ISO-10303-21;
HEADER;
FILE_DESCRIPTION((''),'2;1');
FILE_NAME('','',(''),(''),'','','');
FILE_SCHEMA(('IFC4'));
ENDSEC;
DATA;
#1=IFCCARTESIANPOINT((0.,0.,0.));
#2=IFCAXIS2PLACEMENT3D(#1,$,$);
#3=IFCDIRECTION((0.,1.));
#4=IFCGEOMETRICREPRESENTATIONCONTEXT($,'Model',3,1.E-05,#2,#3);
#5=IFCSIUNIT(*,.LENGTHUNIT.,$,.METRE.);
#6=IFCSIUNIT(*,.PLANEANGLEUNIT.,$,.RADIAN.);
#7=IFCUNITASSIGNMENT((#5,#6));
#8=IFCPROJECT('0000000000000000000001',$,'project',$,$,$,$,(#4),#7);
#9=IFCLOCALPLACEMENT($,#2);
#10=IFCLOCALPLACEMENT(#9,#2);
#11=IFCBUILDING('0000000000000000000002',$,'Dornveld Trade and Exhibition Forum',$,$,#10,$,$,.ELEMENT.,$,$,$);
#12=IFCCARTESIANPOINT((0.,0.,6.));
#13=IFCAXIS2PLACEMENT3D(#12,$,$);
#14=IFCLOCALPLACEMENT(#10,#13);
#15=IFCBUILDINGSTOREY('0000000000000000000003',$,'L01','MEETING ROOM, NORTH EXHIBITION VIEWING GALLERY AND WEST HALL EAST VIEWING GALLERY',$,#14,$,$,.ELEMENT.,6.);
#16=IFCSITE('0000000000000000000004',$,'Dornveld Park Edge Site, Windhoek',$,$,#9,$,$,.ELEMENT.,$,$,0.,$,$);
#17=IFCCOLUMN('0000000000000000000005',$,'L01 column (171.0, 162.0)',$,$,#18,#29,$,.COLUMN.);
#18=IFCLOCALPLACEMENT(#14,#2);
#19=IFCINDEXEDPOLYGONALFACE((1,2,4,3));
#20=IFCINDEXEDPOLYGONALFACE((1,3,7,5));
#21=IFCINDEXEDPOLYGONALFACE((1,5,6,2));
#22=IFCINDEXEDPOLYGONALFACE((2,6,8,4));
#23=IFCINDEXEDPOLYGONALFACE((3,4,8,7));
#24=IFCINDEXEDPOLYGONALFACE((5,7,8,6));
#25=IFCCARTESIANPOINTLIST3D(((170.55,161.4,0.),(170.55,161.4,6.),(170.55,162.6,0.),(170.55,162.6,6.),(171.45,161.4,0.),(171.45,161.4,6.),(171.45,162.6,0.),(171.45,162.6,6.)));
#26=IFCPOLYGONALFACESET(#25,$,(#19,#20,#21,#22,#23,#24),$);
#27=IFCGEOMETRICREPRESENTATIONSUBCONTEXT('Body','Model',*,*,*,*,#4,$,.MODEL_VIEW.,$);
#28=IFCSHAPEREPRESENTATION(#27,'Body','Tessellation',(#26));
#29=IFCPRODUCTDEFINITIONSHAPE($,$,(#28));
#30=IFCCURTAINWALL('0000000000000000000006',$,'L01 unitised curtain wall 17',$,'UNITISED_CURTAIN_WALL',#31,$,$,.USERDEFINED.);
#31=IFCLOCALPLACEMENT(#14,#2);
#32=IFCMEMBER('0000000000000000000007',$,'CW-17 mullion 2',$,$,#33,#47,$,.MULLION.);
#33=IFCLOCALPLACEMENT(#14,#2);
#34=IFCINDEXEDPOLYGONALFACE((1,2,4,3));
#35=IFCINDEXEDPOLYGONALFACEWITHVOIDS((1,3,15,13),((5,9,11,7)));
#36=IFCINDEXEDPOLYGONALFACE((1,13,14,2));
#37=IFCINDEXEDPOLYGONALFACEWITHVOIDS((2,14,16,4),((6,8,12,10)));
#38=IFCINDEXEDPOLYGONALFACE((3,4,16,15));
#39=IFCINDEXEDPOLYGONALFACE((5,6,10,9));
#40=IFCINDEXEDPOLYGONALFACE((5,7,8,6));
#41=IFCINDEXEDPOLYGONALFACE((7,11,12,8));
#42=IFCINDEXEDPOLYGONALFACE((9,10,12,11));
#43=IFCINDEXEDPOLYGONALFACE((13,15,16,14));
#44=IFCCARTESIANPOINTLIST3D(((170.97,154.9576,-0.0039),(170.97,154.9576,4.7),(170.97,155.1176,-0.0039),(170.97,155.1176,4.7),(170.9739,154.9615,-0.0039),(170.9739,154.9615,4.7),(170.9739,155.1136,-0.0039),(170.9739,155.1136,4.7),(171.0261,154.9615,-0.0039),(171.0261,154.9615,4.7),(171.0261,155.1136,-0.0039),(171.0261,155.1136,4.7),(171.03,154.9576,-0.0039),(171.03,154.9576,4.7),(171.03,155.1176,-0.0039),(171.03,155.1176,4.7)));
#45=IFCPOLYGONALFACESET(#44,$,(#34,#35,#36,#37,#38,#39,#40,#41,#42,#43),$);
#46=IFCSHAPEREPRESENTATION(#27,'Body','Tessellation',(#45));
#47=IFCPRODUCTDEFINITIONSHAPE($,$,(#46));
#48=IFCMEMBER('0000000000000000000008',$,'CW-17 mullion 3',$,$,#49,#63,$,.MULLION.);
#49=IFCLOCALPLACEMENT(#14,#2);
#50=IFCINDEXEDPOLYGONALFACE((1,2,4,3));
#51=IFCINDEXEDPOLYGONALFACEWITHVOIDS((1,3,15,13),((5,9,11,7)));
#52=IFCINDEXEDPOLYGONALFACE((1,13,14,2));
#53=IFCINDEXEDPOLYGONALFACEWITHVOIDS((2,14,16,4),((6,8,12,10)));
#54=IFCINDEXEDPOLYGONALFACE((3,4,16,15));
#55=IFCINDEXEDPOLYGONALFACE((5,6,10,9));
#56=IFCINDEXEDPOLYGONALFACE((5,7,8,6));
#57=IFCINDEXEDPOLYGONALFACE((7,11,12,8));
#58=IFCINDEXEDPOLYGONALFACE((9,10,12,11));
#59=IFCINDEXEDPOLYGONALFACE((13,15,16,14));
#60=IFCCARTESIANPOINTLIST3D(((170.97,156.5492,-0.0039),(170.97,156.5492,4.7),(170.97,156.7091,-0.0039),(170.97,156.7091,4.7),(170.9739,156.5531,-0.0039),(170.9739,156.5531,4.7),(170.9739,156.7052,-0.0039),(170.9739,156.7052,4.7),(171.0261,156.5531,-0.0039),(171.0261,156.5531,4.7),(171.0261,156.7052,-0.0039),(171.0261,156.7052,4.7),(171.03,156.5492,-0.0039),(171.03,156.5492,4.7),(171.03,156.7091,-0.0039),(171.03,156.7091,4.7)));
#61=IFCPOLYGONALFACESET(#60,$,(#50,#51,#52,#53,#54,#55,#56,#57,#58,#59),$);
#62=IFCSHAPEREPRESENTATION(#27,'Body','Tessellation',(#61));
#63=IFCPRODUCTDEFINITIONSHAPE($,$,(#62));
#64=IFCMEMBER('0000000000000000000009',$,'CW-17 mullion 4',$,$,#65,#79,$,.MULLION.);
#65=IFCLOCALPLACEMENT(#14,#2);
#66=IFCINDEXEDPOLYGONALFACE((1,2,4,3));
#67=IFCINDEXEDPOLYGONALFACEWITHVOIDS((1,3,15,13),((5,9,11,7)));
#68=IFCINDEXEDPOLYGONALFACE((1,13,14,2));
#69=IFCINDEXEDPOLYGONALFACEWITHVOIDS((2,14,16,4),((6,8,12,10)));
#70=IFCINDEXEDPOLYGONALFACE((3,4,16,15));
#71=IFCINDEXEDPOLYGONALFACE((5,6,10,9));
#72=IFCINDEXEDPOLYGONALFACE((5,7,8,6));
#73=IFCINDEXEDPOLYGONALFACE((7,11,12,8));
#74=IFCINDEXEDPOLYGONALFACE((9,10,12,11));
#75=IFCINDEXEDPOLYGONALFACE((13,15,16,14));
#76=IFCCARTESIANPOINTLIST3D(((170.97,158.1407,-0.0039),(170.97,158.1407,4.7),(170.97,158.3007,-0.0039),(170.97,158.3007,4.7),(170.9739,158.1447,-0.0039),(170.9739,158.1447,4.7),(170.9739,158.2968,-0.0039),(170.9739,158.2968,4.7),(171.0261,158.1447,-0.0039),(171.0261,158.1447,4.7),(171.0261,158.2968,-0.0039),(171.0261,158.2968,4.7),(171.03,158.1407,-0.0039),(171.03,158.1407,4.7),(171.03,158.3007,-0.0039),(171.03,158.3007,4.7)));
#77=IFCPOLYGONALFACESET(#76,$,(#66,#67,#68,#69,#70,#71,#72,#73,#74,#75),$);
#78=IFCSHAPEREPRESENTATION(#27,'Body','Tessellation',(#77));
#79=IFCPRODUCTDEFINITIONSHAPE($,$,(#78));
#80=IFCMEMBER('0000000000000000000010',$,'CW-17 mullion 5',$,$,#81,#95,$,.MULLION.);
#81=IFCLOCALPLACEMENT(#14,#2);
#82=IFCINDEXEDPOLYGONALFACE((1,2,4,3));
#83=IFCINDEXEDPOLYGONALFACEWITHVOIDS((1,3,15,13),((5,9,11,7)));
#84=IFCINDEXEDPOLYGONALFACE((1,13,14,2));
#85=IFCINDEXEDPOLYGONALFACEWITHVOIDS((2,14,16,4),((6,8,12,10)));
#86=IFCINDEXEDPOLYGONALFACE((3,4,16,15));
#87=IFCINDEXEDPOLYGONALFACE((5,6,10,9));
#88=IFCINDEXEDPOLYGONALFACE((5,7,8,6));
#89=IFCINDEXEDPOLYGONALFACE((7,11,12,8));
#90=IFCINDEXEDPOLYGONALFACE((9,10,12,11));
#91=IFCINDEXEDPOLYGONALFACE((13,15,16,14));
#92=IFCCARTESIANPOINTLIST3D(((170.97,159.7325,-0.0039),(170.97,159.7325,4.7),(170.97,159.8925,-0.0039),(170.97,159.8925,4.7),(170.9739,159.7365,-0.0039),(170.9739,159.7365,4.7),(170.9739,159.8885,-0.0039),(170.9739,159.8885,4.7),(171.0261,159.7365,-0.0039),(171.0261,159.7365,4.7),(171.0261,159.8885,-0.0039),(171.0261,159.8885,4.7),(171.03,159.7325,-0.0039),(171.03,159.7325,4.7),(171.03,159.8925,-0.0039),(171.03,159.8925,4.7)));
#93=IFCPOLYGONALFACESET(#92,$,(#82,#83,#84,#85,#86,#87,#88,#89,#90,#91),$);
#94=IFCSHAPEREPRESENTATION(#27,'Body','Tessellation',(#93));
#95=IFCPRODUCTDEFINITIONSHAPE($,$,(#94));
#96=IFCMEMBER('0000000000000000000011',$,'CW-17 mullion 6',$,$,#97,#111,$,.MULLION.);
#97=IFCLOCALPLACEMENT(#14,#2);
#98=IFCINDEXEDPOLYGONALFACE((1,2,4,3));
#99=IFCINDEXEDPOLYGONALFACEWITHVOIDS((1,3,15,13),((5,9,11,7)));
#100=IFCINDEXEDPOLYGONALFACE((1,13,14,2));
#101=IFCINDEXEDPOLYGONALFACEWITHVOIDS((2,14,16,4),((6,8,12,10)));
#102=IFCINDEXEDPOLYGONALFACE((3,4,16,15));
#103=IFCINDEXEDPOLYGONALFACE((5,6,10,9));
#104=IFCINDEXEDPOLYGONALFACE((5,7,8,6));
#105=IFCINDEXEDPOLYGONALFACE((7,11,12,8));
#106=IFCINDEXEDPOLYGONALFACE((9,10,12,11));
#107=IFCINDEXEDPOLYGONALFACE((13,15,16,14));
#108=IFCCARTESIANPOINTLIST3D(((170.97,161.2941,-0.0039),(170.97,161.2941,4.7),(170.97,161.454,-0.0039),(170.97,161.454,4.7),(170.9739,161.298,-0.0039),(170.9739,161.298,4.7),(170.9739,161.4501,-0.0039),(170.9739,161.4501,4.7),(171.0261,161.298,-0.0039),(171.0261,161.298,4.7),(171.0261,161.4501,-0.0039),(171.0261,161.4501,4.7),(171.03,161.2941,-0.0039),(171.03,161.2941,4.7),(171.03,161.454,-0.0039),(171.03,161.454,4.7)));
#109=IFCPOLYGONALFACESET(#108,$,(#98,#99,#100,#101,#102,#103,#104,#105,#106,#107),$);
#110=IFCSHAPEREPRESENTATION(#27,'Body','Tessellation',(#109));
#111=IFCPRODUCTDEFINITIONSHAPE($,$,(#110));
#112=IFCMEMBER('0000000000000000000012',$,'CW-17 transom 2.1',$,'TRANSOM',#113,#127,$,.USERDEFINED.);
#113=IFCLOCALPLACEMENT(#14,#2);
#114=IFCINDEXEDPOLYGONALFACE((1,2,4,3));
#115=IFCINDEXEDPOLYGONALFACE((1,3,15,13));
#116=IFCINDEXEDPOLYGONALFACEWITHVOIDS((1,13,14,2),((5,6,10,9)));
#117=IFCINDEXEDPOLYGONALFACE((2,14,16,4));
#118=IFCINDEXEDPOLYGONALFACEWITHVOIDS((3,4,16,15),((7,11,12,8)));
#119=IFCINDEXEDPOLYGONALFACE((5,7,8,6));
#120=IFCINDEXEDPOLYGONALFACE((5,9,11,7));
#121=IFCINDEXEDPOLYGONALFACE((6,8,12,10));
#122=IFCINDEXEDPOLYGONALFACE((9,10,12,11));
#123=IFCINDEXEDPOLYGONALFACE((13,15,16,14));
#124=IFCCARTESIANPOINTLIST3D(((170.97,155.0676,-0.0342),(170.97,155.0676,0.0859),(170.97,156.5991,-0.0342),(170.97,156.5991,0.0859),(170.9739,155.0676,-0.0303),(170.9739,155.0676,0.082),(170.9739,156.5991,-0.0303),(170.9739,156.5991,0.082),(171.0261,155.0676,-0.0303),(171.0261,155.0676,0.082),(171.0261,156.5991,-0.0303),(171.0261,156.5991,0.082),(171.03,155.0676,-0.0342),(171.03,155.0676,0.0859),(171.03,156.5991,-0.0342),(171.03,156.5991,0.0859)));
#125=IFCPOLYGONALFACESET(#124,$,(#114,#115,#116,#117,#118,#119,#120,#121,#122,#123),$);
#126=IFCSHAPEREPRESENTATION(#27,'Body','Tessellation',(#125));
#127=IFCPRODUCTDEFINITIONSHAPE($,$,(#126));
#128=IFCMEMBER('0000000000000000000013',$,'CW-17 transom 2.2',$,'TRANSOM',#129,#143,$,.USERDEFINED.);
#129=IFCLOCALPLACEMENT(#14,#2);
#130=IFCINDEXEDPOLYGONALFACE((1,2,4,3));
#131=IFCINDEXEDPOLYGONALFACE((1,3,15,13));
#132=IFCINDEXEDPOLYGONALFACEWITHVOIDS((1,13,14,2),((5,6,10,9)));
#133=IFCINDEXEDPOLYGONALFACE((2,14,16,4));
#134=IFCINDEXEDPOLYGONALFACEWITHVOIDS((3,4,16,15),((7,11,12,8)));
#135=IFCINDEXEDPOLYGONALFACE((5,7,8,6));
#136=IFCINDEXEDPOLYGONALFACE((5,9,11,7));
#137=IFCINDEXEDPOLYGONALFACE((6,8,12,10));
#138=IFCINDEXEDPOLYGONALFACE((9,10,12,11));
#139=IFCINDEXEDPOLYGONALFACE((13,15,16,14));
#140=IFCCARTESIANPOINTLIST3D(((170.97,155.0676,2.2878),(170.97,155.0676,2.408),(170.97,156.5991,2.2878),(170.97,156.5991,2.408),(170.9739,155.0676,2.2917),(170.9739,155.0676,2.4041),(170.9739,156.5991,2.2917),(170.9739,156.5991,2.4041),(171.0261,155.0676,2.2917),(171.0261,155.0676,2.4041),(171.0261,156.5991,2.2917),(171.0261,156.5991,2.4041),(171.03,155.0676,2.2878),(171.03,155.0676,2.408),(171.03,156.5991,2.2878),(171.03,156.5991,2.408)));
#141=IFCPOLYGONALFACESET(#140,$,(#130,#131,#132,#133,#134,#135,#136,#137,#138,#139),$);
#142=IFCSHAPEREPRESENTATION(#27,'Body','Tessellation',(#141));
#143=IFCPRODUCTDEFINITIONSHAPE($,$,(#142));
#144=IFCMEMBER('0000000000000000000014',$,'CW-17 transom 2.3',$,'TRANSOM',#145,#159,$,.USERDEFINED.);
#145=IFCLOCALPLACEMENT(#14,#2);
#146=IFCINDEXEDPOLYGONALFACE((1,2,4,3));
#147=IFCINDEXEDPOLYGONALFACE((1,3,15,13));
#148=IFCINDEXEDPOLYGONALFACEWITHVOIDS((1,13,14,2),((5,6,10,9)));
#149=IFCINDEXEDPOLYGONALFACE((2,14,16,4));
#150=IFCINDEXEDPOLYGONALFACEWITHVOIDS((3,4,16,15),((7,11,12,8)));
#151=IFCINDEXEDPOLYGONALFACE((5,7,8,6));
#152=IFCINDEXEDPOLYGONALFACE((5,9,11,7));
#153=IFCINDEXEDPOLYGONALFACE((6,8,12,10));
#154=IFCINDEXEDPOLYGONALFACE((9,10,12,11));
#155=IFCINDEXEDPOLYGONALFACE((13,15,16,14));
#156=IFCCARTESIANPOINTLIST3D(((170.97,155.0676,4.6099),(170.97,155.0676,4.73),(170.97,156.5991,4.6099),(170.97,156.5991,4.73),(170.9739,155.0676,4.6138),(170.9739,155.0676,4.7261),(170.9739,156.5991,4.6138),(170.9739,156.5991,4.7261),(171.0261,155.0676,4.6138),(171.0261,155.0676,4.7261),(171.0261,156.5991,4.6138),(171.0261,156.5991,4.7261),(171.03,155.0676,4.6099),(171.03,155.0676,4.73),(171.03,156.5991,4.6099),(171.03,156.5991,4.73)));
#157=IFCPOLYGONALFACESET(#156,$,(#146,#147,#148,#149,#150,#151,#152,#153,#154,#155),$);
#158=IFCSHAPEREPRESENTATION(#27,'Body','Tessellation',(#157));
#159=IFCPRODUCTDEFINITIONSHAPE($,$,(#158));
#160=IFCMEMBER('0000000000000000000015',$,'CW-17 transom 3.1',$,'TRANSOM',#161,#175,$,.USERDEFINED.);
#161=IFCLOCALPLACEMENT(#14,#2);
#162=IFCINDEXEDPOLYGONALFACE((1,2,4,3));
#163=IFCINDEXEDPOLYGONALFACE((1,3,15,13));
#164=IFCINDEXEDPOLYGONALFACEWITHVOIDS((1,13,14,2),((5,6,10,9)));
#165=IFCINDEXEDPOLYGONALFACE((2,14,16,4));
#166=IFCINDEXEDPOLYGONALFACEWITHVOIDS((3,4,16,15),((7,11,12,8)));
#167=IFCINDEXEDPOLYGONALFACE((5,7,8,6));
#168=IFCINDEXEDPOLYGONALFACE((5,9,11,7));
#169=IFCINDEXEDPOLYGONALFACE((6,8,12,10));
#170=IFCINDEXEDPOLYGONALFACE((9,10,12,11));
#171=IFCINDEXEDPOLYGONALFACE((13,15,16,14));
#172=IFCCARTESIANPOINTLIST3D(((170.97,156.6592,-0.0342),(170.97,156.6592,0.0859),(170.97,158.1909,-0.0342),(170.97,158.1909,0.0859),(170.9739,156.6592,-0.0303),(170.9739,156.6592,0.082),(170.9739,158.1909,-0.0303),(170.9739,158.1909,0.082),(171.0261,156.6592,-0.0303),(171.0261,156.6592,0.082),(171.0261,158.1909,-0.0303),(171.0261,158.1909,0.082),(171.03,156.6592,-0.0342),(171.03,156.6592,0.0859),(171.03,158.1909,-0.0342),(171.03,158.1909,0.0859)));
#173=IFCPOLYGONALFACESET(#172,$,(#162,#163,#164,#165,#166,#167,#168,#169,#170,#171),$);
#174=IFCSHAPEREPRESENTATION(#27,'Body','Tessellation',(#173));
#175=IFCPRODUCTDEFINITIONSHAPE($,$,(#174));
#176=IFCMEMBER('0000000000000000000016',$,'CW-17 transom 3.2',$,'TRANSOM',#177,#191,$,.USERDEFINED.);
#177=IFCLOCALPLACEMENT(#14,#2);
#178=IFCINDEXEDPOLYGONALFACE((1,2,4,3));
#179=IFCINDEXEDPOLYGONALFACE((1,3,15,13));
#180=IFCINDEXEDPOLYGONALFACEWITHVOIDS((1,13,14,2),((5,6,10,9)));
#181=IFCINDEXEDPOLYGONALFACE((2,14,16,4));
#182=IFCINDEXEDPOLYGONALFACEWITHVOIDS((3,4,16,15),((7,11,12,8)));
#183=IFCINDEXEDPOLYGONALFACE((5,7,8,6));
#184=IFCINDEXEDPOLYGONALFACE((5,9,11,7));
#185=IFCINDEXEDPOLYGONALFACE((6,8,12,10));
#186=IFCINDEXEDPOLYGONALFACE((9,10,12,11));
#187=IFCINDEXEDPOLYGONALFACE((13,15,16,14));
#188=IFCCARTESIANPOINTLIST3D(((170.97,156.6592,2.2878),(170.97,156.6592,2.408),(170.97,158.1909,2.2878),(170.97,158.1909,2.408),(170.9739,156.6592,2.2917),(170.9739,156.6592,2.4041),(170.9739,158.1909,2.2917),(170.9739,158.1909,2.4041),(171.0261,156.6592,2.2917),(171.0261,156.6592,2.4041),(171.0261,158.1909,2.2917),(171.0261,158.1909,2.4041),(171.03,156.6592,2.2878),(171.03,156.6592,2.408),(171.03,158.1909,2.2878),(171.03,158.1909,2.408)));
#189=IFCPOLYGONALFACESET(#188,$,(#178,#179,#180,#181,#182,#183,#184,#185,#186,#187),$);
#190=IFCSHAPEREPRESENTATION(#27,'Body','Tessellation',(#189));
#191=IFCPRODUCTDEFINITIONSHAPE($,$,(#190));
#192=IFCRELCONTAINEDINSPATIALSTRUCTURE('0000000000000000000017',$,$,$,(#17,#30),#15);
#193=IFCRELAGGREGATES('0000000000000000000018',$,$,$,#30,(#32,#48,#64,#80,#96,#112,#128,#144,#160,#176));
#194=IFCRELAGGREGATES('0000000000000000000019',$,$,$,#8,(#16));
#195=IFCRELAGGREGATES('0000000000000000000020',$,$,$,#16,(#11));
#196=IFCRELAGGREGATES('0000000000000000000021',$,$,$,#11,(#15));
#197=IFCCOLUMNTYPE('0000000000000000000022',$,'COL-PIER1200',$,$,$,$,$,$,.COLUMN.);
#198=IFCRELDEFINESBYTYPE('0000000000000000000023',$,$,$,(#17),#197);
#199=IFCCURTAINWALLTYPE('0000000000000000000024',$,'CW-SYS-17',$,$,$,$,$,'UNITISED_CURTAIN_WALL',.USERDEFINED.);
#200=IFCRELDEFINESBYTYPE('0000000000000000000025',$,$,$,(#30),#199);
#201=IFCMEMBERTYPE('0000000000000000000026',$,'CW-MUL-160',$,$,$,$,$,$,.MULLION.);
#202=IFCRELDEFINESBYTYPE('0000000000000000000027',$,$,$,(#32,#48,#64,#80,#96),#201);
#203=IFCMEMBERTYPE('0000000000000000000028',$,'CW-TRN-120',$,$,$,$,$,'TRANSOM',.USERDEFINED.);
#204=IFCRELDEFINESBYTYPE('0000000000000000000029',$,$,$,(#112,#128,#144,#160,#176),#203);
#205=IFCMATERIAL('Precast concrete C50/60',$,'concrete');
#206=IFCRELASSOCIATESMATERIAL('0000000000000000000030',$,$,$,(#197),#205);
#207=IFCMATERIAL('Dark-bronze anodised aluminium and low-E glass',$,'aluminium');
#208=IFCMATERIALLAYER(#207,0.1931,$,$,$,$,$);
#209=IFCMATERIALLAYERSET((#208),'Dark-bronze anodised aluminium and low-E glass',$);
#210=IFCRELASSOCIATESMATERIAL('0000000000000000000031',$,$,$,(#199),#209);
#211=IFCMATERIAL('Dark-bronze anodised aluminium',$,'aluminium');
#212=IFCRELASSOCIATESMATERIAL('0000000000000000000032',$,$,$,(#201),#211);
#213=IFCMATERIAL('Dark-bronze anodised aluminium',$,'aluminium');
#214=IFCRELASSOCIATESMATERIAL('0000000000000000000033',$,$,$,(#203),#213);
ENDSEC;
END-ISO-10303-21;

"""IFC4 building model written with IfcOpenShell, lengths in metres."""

from ifc_helpers import new_model, si_unit, direction, frame, origin, origin_2d, place, context, subcontext, project, spatial, rectangle, hollow_rectangle, extrude, material, layer, layer_set, material_profile, profile_set, type_object, element, aggregate, save


model = new_model("IFC4")

# Units and contexts
model_context = context("Model", 3, precision=1e-05, world=origin(), true_north=direction((0.0, 1.0)))
body_context = subcontext(model_context, "Body", "Model", "MODEL_VIEW")
ifc_project = project(units=[si_unit("LENGTHUNIT", "METRE"), si_unit("PLANEANGLEUNIT", "RADIAN")], contexts=[model_context])

# Site, building, storey
site_placement = place(None, origin())
site = spatial("IfcSite", under=ifc_project, at=site_placement, Name="Dornveld Park Edge Site, Windhoek", CompositionType="ELEMENT", RefElevation=0.0)
building_placement = place(site_placement, origin())
building = spatial("IfcBuilding", under=site, at=building_placement, Name="Dornveld Trade and Exhibition Forum", CompositionType="ELEMENT")
storey_placement = place(building_placement, frame((0.0, 0.0, 6.0)))
storey = spatial("IfcBuildingStorey", under=building, at=storey_placement, Name="L01", Description="MEETING ROOM, NORTH EXHIBITION VIEWING GALLERY AND WEST HALL EAST VIEWING GALLERY", CompositionType="ELEMENT", Elevation=6.0)

# Column
ifc_material_1 = material(Name="Precast concrete C50/60", Category="concrete")
ifc_material_profile_1 = material_profile(ifc_material_1, rectangle(XDim=1.2, YDim=0.8999, at=origin_2d()), Name="PC-PIER 1200x900")
ifc_profile_set_1 = profile_set([ifc_material_profile_1], Name="Precast concrete C50/60")
column_type = type_object("IfcColumnType", Name="COL-PIER1200", PredefinedType="COLUMN", material=ifc_profile_set_1)
column_placement = place(storey_placement, frame((171.0, 162.0, 0.0), z_axis=(0.0, 0.0, 1.0), x_axis=(0.0, 1.0, 0.0)))
element("IfcColumn", 1, at=column_placement, inside=storey, type_object=column_type, Name="L01 column (171.0, 162.0)", PredefinedType="COLUMN", context=body_context, shape_type="SweptSolid", body=[
    extrude(rectangle(XDim=1.2, YDim=0.8999, at=origin_2d()), origin(), (0.0, 0.0, 1.0), 6.0),
])

# Curtain wall, members
ifc_material_2 = material(Name="Dark-bronze anodised aluminium and low-E glass", Category="aluminium")
ifc_layer_1 = layer(ifc_material_2, 0.1931)
ifc_layer_set_1 = layer_set([ifc_layer_1], Name="Dark-bronze anodised aluminium and low-E glass")
curtain_wall_type = type_object("IfcCurtainWallType", Name="CW-SYS-17", ElementType="UNITISED_CURTAIN_WALL", PredefinedType="USERDEFINED", material=ifc_layer_set_1)
curtain_wall_placement = place(storey_placement, origin())
curtain_wall = element("IfcCurtainWall", 2, at=curtain_wall_placement, inside=storey, type_object=curtain_wall_type, Name="L01 unitised curtain wall 17", ObjectType="UNITISED_CURTAIN_WALL", PredefinedType="USERDEFINED")
ifc_material_3 = material(Name="Dark-bronze anodised aluminium", Category="aluminium")
ifc_material_profile_2 = material_profile(ifc_material_3, hollow_rectangle(XDim=0.0601, YDim=0.1599, WallThickness=0.0039, at=origin_2d()), Name="RHS 160x60x4")
ifc_profile_set_2 = profile_set([ifc_material_profile_2], Name="Dark-bronze anodised aluminium")
member_type_1 = type_object("IfcMemberType", Name="CW-MUL-160", PredefinedType="MULLION", material=ifc_profile_set_2)
member_1_placement = place(storey_placement, frame((171.0, 155.0376, -0.0039), z_axis=(0.0, 0.0, 1.0), x_axis=(-1.0, 0.0, 0.0)))
member_1 = element("IfcMember", 3, at=member_1_placement, type_object=member_type_1, Name="CW-17 mullion 2", PredefinedType="MULLION", context=body_context, shape_type="SweptSolid", body=[
    extrude(hollow_rectangle(XDim=0.0601, YDim=0.1599, WallThickness=0.0039, at=origin_2d()), origin(), (0.0, 0.0, 1.0), 4.7039),
])
member_2_placement = place(storey_placement, frame((171.0, 156.6292, -0.0039), z_axis=(0.0, 0.0, 1.0), x_axis=(-1.0, 0.0, 0.0)))
member_2 = element("IfcMember", 4, at=member_2_placement, type_object=member_type_1, Name="CW-17 mullion 3", PredefinedType="MULLION", context=body_context, shape_type="SweptSolid", body=[
    extrude(hollow_rectangle(XDim=0.0601, YDim=0.1599, WallThickness=0.0039, at=origin_2d()), origin(), (0.0, 0.0, 1.0), 4.7039),
])
member_3_placement = place(storey_placement, frame((171.0, 158.2207, -0.0039), z_axis=(0.0, 0.0, 1.0), x_axis=(-1.0, 0.0, 0.0)))
member_3 = element("IfcMember", 5, at=member_3_placement, type_object=member_type_1, Name="CW-17 mullion 4", PredefinedType="MULLION", context=body_context, shape_type="SweptSolid", body=[
    extrude(hollow_rectangle(XDim=0.0601, YDim=0.1599, WallThickness=0.0039, at=origin_2d()), origin(), (0.0, 0.0, 1.0), 4.7039),
])
member_4_placement = place(storey_placement, frame((171.0, 159.8125, -0.0039), z_axis=(0.0, 0.0, 1.0), x_axis=(-1.0, 0.0, 0.0)))
member_4 = element("IfcMember", 6, at=member_4_placement, type_object=member_type_1, Name="CW-17 mullion 5", PredefinedType="MULLION", context=body_context, shape_type="SweptSolid", body=[
    extrude(hollow_rectangle(XDim=0.0601, YDim=0.1599, WallThickness=0.0039, at=origin_2d()), origin(), (0.0, 0.0, 1.0), 4.7039),
])
member_5_placement = place(storey_placement, frame((171.0, 161.374, -0.0039), z_axis=(0.0, 0.0, 1.0), x_axis=(-1.0, 0.0, 0.0)))
member_5 = element("IfcMember", 7, at=member_5_placement, type_object=member_type_1, Name="CW-17 mullion 6", PredefinedType="MULLION", context=body_context, shape_type="SweptSolid", body=[
    extrude(hollow_rectangle(XDim=0.0601, YDim=0.1599, WallThickness=0.0039, at=origin_2d()), origin(), (0.0, 0.0, 1.0), 4.7039),
])
ifc_material_4 = material(Name="Dark-bronze anodised aluminium", Category="aluminium")
ifc_material_profile_3 = material_profile(ifc_material_4, hollow_rectangle(XDim=0.0601, YDim=0.1201, WallThickness=0.0039, at=origin_2d()), Name="RHS 120x60x4")
ifc_profile_set_3 = profile_set([ifc_material_profile_3], Name="Dark-bronze anodised aluminium")
member_type_2 = type_object("IfcMemberType", Name="CW-TRN-120", ElementType="TRANSOM", PredefinedType="USERDEFINED", material=ifc_profile_set_3)
member_6_placement = place(storey_placement, frame((171.0, 155.0676, 0.0259), z_axis=(0.0, 1.0, 0.0), x_axis=(-1.0, 0.0, 0.0)))
member_6 = element("IfcMember", 8, at=member_6_placement, type_object=member_type_2, Name="CW-17 transom 2.1", ObjectType="TRANSOM", PredefinedType="USERDEFINED", context=body_context, shape_type="SweptSolid", body=[
    extrude(hollow_rectangle(XDim=0.0601, YDim=0.1201, WallThickness=0.0039, at=origin_2d()), origin(), (0.0, 0.0, 1.0), 1.5315),
])
member_7_placement = place(storey_placement, frame((171.0, 155.0676, 2.3479), z_axis=(0.0, 1.0, 0.0), x_axis=(-1.0, 0.0, 0.0)))
member_7 = element("IfcMember", 9, at=member_7_placement, type_object=member_type_2, Name="CW-17 transom 2.2", ObjectType="TRANSOM", PredefinedType="USERDEFINED", context=body_context, shape_type="SweptSolid", body=[
    extrude(hollow_rectangle(XDim=0.0601, YDim=0.1201, WallThickness=0.0039, at=origin_2d()), origin(), (0.0, 0.0, 1.0), 1.5315),
])
member_8_placement = place(storey_placement, frame((171.0, 155.0676, 4.6699), z_axis=(0.0, 1.0, 0.0), x_axis=(-1.0, 0.0, 0.0)))
member_8 = element("IfcMember", 10, at=member_8_placement, type_object=member_type_2, Name="CW-17 transom 2.3", ObjectType="TRANSOM", PredefinedType="USERDEFINED", context=body_context, shape_type="SweptSolid", body=[
    extrude(hollow_rectangle(XDim=0.0601, YDim=0.1201, WallThickness=0.0039, at=origin_2d()), origin(), (0.0, 0.0, 1.0), 1.5315),
])
member_9_placement = place(storey_placement, frame((171.0, 156.6592, 0.0259), z_axis=(0.0, 1.0, 0.0), x_axis=(-1.0, 0.0, 0.0)))
member_9 = element("IfcMember", 11, at=member_9_placement, type_object=member_type_2, Name="CW-17 transom 3.1", ObjectType="TRANSOM", PredefinedType="USERDEFINED", context=body_context, shape_type="SweptSolid", body=[
    extrude(hollow_rectangle(XDim=0.0601, YDim=0.1201, WallThickness=0.0039, at=origin_2d()), origin(), (0.0, 0.0, 1.0), 1.5317),
])
member_10_placement = place(storey_placement, frame((171.0, 156.6592, 2.3479), z_axis=(0.0, 1.0, 0.0), x_axis=(-1.0, 0.0, 0.0)))
member_10 = element("IfcMember", 12, at=member_10_placement, type_object=member_type_2, Name="CW-17 transom 3.2", ObjectType="TRANSOM", PredefinedType="USERDEFINED", context=body_context, shape_type="SweptSolid", body=[
    extrude(hollow_rectangle(XDim=0.0601, YDim=0.1201, WallThickness=0.0039, at=origin_2d()), origin(), (0.0, 0.0, 1.0), 1.5317),
])

aggregate(curtain_wall, [member_1, member_2, member_3, member_4, member_5, member_6, member_7, member_8, member_9, member_10])

save(model, "model.ifc")
